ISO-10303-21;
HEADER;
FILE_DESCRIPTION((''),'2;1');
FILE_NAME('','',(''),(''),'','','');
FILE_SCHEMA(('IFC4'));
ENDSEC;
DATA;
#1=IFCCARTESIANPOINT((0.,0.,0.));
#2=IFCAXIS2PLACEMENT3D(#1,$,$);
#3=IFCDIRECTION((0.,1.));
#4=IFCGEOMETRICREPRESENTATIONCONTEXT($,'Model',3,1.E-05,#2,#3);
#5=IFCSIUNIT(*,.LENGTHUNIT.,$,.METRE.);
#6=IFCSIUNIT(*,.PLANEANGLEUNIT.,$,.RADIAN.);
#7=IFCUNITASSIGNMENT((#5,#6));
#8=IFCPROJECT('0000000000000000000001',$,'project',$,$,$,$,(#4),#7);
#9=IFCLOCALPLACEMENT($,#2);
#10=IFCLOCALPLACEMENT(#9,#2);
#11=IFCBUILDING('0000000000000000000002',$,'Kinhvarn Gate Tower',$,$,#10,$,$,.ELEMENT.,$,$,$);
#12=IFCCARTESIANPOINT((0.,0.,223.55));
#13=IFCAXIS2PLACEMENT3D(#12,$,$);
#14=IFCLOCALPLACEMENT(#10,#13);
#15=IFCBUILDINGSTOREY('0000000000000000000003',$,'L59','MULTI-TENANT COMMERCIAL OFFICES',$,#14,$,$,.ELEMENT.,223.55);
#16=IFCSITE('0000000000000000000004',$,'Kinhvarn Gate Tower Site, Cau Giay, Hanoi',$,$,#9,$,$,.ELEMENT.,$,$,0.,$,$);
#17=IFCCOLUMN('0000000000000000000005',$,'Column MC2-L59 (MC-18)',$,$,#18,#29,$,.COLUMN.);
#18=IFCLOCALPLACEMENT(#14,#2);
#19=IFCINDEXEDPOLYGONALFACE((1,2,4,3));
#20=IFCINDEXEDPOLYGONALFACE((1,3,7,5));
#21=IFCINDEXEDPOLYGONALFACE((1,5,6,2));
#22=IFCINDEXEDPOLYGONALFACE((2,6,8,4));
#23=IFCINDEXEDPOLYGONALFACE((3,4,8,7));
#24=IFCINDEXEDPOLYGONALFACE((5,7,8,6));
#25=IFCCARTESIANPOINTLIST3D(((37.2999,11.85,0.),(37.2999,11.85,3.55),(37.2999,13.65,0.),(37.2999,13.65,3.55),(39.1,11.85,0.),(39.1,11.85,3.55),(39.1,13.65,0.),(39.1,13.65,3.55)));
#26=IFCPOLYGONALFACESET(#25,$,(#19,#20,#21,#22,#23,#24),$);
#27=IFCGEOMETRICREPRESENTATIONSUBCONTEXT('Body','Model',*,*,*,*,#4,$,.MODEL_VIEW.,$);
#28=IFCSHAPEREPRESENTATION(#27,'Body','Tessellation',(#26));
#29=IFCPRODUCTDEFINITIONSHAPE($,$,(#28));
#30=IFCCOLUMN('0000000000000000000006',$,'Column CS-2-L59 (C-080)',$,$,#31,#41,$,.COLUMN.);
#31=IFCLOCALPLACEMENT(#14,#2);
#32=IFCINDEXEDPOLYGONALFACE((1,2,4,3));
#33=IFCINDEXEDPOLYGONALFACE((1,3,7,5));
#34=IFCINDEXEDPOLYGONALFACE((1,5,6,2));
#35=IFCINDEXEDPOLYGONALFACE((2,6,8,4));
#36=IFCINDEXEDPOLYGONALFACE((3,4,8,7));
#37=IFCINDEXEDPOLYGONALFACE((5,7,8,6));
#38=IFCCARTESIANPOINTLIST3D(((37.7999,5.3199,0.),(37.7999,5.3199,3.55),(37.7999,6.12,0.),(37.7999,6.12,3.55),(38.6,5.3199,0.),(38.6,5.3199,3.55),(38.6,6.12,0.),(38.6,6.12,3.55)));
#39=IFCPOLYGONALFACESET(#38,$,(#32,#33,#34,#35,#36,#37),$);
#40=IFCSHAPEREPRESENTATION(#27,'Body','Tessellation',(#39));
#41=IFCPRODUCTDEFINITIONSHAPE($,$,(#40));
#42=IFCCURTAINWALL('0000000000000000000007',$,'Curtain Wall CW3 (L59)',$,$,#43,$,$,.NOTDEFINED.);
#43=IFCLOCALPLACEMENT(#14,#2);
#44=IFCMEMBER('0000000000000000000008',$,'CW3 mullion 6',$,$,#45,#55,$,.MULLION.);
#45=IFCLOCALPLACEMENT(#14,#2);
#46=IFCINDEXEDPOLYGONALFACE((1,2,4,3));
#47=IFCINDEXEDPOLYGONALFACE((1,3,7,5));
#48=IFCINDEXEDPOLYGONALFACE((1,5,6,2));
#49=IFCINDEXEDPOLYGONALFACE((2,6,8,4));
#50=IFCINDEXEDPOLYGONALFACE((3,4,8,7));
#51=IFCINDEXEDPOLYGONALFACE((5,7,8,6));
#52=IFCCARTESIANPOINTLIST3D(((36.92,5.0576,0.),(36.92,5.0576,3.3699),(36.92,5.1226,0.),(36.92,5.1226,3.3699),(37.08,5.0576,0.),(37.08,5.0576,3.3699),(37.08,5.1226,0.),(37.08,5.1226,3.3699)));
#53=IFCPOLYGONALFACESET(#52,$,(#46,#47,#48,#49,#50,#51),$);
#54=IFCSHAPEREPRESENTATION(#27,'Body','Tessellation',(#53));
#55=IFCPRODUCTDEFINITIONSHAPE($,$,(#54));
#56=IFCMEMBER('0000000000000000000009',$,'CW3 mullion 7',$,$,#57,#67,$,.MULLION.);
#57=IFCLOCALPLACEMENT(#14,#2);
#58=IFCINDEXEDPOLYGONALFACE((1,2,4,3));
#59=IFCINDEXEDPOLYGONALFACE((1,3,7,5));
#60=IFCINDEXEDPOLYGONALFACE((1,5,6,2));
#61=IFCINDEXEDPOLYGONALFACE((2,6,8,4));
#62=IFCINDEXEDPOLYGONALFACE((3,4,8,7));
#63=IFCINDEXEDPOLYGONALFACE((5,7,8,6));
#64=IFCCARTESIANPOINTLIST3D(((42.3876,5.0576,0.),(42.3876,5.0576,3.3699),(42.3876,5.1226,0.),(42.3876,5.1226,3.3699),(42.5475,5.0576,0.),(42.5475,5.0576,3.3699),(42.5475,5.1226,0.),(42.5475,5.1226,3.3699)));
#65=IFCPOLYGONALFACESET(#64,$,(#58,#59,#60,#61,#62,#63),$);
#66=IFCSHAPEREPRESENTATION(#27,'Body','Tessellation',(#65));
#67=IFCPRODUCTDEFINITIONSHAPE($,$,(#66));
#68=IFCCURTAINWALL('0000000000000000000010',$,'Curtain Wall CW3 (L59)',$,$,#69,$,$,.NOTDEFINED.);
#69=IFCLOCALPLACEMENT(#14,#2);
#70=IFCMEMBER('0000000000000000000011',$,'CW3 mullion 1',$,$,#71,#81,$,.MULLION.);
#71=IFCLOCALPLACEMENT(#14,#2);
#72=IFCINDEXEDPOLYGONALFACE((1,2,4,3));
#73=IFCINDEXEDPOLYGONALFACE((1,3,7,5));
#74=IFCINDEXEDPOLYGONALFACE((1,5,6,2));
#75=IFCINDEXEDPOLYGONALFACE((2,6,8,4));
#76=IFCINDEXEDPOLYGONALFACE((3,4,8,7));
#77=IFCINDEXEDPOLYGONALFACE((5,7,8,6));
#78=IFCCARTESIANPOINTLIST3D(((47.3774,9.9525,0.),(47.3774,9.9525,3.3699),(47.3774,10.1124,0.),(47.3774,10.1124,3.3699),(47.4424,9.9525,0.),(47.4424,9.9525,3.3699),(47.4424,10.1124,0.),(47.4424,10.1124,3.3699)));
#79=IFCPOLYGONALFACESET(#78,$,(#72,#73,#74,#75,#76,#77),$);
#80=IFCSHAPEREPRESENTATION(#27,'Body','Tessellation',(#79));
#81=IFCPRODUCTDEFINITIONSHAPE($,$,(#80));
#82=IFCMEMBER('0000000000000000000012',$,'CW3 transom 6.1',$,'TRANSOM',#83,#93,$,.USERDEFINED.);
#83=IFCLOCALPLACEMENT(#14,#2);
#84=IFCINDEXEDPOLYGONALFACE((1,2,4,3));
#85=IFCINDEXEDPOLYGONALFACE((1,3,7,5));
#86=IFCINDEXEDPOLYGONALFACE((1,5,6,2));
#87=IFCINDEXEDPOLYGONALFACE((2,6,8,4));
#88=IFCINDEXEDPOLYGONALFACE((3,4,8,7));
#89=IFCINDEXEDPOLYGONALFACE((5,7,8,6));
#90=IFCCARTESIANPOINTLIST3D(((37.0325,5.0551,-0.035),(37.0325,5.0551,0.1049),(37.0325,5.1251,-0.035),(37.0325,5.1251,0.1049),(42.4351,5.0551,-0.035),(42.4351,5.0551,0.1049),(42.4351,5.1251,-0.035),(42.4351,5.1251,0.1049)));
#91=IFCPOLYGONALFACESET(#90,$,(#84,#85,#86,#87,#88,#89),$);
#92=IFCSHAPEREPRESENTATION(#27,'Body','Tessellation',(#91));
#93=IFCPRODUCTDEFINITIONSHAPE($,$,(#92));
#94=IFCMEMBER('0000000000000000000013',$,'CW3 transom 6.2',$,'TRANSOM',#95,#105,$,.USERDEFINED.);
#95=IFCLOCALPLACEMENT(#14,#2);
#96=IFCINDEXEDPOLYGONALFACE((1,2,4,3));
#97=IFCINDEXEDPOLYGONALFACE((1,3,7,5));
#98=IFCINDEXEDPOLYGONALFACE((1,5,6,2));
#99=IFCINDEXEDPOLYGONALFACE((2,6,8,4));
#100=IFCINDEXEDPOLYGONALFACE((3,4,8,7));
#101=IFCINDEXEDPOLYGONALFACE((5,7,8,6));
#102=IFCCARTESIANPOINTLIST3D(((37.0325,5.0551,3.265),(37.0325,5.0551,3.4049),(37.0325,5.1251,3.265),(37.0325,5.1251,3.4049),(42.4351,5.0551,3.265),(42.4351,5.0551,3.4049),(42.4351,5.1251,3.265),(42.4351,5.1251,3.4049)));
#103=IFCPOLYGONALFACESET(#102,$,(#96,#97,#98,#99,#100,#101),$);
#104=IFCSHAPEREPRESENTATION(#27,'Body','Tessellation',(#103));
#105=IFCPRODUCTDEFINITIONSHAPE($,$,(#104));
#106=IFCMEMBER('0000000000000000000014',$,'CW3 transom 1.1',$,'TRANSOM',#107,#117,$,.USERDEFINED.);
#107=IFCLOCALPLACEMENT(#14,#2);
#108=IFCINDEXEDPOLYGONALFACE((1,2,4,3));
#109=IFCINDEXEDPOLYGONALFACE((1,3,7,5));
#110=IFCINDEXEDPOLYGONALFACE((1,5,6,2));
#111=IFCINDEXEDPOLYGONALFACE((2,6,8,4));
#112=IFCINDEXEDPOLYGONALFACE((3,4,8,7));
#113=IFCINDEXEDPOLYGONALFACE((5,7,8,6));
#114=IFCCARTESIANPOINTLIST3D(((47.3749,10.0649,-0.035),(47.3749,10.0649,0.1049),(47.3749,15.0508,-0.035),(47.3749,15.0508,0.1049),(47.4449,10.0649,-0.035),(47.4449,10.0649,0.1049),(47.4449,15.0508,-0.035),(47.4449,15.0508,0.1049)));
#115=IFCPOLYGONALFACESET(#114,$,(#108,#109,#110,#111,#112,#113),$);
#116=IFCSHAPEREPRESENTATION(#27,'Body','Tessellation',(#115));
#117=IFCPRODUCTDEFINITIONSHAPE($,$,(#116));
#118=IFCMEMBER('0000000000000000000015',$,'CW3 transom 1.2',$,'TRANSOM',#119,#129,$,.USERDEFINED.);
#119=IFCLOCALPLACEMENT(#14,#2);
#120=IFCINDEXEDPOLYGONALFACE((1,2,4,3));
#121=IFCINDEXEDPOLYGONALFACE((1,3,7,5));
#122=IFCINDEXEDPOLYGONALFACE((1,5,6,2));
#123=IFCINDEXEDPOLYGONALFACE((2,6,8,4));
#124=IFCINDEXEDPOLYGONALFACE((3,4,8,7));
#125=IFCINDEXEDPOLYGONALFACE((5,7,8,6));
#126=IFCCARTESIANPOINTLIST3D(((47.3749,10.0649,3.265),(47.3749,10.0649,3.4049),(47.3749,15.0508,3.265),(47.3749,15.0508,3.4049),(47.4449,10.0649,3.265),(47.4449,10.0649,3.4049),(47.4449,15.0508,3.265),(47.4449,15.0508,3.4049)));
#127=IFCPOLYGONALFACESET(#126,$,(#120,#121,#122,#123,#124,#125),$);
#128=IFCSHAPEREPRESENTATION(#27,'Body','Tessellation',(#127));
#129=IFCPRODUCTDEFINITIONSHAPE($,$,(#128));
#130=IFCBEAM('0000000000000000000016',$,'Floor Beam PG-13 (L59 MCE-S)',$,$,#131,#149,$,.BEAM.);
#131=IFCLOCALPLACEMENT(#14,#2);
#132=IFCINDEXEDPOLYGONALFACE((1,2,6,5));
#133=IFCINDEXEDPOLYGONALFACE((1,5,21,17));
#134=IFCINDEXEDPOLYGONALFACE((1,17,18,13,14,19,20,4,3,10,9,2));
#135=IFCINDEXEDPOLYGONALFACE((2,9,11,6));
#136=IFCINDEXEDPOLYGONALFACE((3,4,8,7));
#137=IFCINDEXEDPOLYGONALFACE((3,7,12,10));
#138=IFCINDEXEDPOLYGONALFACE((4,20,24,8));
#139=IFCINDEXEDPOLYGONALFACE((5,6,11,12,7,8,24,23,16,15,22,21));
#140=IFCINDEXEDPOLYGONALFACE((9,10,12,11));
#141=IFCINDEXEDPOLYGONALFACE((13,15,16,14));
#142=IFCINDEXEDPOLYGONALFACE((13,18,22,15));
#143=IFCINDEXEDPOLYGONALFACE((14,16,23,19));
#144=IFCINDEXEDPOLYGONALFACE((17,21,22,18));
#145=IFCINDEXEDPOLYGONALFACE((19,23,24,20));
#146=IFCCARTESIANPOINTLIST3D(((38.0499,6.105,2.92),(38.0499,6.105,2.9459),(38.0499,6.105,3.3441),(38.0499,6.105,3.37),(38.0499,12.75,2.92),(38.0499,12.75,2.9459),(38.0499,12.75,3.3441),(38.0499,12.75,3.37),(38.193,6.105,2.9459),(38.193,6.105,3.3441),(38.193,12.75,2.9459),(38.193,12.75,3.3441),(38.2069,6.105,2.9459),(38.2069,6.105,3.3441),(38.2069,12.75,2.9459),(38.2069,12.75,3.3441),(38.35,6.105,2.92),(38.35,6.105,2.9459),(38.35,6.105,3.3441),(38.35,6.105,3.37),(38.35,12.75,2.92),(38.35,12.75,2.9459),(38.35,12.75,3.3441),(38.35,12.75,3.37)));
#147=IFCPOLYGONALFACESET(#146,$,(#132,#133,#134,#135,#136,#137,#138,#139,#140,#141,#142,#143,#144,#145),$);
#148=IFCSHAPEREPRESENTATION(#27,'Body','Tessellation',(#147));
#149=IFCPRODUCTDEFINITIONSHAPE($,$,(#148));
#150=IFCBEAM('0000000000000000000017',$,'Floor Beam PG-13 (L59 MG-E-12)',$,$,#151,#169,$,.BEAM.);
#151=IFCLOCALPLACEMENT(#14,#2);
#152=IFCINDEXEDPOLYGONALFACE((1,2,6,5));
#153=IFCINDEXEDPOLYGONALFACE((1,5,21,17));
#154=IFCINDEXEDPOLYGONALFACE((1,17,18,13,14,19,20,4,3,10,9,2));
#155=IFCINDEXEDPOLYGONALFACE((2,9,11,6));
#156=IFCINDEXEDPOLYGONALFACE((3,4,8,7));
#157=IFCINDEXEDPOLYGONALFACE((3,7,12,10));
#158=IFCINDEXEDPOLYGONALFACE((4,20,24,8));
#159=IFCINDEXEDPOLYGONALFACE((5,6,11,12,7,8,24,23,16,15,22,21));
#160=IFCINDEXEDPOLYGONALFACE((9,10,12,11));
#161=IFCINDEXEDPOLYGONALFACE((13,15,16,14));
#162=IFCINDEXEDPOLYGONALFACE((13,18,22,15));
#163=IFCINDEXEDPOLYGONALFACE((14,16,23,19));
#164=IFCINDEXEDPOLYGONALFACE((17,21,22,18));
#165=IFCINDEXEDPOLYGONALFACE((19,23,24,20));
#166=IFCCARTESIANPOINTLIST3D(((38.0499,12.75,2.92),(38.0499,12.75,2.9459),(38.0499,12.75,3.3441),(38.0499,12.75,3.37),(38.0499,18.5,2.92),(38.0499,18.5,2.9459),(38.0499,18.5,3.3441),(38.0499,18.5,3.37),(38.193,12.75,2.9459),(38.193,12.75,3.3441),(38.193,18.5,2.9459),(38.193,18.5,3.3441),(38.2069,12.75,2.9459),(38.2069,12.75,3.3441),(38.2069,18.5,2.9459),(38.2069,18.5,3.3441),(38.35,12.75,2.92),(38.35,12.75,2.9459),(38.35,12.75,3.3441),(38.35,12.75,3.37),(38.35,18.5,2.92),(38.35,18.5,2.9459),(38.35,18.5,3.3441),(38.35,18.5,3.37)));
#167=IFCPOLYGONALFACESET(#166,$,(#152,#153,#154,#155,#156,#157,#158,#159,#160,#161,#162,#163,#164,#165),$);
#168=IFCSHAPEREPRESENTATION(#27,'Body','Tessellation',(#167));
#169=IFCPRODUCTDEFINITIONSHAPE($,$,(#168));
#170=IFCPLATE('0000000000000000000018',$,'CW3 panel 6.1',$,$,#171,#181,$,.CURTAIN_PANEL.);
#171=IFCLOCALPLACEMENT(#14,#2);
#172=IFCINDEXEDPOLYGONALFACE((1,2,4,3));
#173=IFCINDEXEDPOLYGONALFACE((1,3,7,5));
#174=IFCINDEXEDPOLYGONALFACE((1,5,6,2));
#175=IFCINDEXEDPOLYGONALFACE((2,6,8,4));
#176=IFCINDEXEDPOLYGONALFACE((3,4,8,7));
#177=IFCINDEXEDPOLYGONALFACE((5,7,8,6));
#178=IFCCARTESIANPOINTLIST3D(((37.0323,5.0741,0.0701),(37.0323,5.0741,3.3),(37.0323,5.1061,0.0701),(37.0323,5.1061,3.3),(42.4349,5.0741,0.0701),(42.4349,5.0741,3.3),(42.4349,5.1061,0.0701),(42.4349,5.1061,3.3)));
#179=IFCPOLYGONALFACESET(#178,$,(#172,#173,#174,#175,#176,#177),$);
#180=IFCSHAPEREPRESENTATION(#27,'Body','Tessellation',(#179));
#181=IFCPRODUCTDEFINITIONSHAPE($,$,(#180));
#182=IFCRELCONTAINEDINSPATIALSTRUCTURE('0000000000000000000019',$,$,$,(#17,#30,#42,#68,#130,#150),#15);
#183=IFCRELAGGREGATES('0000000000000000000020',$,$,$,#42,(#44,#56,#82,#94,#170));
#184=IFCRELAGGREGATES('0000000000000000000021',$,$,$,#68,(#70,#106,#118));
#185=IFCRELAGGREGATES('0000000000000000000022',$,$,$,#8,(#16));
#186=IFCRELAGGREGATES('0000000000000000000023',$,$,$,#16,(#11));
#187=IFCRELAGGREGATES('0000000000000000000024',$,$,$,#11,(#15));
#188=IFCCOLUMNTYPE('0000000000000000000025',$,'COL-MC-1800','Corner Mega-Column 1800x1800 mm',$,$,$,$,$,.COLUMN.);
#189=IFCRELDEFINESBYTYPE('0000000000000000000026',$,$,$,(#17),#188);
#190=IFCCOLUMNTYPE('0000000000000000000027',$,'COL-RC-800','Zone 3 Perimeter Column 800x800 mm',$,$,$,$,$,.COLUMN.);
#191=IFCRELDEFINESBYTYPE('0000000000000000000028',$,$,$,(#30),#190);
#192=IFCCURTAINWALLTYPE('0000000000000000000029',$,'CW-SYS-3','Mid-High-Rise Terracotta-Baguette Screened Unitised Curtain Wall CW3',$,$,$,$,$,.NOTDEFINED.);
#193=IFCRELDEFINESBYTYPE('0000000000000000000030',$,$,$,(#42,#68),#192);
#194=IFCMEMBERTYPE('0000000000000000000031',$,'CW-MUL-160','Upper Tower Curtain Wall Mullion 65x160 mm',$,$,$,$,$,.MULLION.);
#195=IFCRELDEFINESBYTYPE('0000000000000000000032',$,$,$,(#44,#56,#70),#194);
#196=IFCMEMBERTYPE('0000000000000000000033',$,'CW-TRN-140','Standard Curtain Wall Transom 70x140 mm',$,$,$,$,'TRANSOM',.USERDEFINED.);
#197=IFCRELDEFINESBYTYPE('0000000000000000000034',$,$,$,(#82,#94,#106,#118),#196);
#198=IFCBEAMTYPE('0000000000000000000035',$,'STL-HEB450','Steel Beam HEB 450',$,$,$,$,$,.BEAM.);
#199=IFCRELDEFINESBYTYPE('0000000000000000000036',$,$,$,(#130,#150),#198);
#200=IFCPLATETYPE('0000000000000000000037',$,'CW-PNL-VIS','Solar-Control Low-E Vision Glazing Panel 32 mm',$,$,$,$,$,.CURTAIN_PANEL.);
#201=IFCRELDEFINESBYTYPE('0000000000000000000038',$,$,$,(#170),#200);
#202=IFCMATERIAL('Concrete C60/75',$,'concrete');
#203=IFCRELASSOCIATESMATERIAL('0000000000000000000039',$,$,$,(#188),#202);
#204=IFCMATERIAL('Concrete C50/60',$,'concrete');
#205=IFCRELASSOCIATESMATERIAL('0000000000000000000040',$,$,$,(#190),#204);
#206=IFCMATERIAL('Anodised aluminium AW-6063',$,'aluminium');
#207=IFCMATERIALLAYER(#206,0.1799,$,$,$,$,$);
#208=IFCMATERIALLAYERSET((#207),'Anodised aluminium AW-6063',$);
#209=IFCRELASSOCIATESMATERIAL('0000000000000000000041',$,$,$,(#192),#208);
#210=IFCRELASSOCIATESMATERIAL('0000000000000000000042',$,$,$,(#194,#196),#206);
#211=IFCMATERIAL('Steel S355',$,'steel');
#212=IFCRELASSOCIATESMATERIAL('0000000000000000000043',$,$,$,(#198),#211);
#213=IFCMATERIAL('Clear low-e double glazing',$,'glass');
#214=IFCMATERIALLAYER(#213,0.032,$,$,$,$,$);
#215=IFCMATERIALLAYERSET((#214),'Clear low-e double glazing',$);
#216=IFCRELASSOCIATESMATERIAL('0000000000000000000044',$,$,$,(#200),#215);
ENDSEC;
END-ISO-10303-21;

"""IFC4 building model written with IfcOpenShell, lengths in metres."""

from ifc_helpers import new_model, si_unit, direction, frame, origin, origin_2d, place, context, subcontext, project, spatial, rectangle, i_section, extrude, material, layer, layer_set, material_profile, profile_set, type_object, element, aggregate, save


model = new_model("IFC4")

# Units and contexts
model_context = context("Model", 3, precision=1e-05, world=origin(), true_north=direction((0.0, 1.0)))
body_context = subcontext(model_context, "Body", "Model", "MODEL_VIEW")
ifc_project = project(units=[si_unit("LENGTHUNIT", "METRE"), si_unit("PLANEANGLEUNIT", "RADIAN")], contexts=[model_context])

# Site, building, storey
site_placement = place(None, origin())
site = spatial("IfcSite", under=ifc_project, at=site_placement, Name="Kinhvarn Gate Tower Site, Cau Giay, Hanoi", CompositionType="ELEMENT", RefElevation=0.0)
building_placement = place(site_placement, origin())
building = spatial("IfcBuilding", under=site, at=building_placement, Name="Kinhvarn Gate Tower", CompositionType="ELEMENT")
storey_placement = place(building_placement, frame((0.0, 0.0, 223.55)))
storey = spatial("IfcBuildingStorey", under=building, at=storey_placement, Name="L59", Description="MULTI-TENANT COMMERCIAL OFFICES", CompositionType="ELEMENT", Elevation=223.55)

# Columns
ifc_material_1 = material(Name="Concrete C60/75", Category="concrete")
ifc_material_profile_1 = material_profile(ifc_material_1, rectangle(XDim=1.8, YDim=1.8, at=origin_2d()), Name="RC 1800x1800")
ifc_profile_set_1 = profile_set([ifc_material_profile_1], Name="Concrete C60/75")
column_type_1 = type_object("IfcColumnType", Name="COL-MC-1800", Description="Corner Mega-Column 1800x1800 mm", PredefinedType="COLUMN", material=ifc_profile_set_1)
column_1_placement = place(storey_placement, frame((38.2, 12.75, 0.0), z_axis=(0.0, 0.0, 1.0), x_axis=(1.0, 0.0, 0.0)))
element("IfcColumn", 1, at=column_1_placement, inside=storey, type_object=column_type_1, Name="Column MC2-L59 (MC-18)", PredefinedType="COLUMN", context=body_context, shape_type="SweptSolid", body=[
    extrude(rectangle(XDim=1.8, YDim=1.8, at=origin_2d()), origin(), (0.0, 0.0, 1.0), 3.55),
])
ifc_material_2 = material(Name="Concrete C50/60", Category="concrete")
ifc_material_profile_2 = material_profile(ifc_material_2, rectangle(XDim=0.8, YDim=0.8, at=origin_2d()), Name="RC 800x800")
ifc_profile_set_2 = profile_set([ifc_material_profile_2], Name="Concrete C50/60")
column_type_2 = type_object("IfcColumnType", Name="COL-RC-800", Description="Zone 3 Perimeter Column 800x800 mm", PredefinedType="COLUMN", material=ifc_profile_set_2)
column_2_placement = place(storey_placement, frame((38.2, 5.72, 0.0), z_axis=(0.0, 0.0, 1.0), x_axis=(1.0, 0.0, 0.0)))
element("IfcColumn", 2, at=column_2_placement, inside=storey, type_object=column_type_2, Name="Column CS-2-L59 (C-080)", PredefinedType="COLUMN", context=body_context, shape_type="SweptSolid", body=[
    extrude(rectangle(XDim=0.8, YDim=0.8, at=origin_2d()), origin(), (0.0, 0.0, 1.0), 3.55),
])

# Curtain wall, members
ifc_material_3 = material(Name="Anodised aluminium AW-6063", Category="aluminium")
ifc_layer_1 = layer(ifc_material_3, 0.1799)
ifc_layer_set_1 = layer_set([ifc_layer_1], Name="Anodised aluminium AW-6063")
curtain_wall_type = type_object("IfcCurtainWallType", Name="CW-SYS-3", Description="Mid-High-Rise Terracotta-Baguette Screened Unitised Curtain Wall CW3", PredefinedType="NOTDEFINED", material=ifc_layer_set_1)
curtain_wall_1_placement = place(storey_placement, origin())
curtain_wall_1 = element("IfcCurtainWall", 3, at=curtain_wall_1_placement, inside=storey, type_object=curtain_wall_type, Name="Curtain Wall CW3 (L59)", PredefinedType="NOTDEFINED")
ifc_material_profile_3 = material_profile(ifc_material_3, rectangle(XDim=0.0649, YDim=0.1599, at=origin_2d()), Name="ALU 65x160")
ifc_profile_set_3 = profile_set([ifc_material_profile_3], Name="Anodised aluminium AW-6063")
member_type_1 = type_object("IfcMemberType", Name="CW-MUL-160", Description="Upper Tower Curtain Wall Mullion 65x160 mm", PredefinedType="MULLION", material=ifc_profile_set_3)
member_1_placement = place(storey_placement, frame((37.0, 5.0901, 0.0), z_axis=(0.0, 0.0, 1.0), x_axis=(0.0, 1.0, 0.0)))
member_1 = element("IfcMember", 4, at=member_1_placement, type_object=member_type_1, Name="CW3 mullion 6", PredefinedType="MULLION", context=body_context, shape_type="SweptSolid", body=[
    extrude(rectangle(XDim=0.0649, YDim=0.1599, at=origin_2d()), origin(), (0.0, 0.0, 1.0), 3.3699),
])
member_2_placement = place(storey_placement, frame((42.4675, 5.0901, 0.0), z_axis=(0.0, 0.0, 1.0), x_axis=(0.0, 1.0, 0.0)))
member_2 = element("IfcMember", 5, at=member_2_placement, type_object=member_type_1, Name="CW3 mullion 7", PredefinedType="MULLION", context=body_context, shape_type="SweptSolid", body=[
    extrude(rectangle(XDim=0.0649, YDim=0.1599, at=origin_2d()), origin(), (0.0, 0.0, 1.0), 3.3699),
])

# Curtain wall, member
curtain_wall_2_placement = place(storey_placement, origin())
curtain_wall_2 = element("IfcCurtainWall", 6, at=curtain_wall_2_placement, inside=storey, type_object=curtain_wall_type, Name="Curtain Wall CW3 (L59)", PredefinedType="NOTDEFINED")
member_3_placement = place(storey_placement, frame((47.4099, 10.0325, 0.0), z_axis=(0.0, 0.0, 1.0), x_axis=(-1.0, 0.0, 0.0)))
member_3 = element("IfcMember", 7, at=member_3_placement, type_object=member_type_1, Name="CW3 mullion 1", PredefinedType="MULLION", context=body_context, shape_type="SweptSolid", body=[
    extrude(rectangle(XDim=0.0649, YDim=0.1599, at=origin_2d()), origin(), (0.0, 0.0, 1.0), 3.3699),
])

# Members
ifc_material_profile_4 = material_profile(ifc_material_3, rectangle(XDim=0.0701, YDim=0.1399, at=origin_2d()), Name="ALU 70x140")
ifc_profile_set_4 = profile_set([ifc_material_profile_4], Name="Anodised aluminium AW-6063")
member_type_2 = type_object("IfcMemberType", Name="CW-TRN-140", Description="Standard Curtain Wall Transom 70x140 mm", ElementType="TRANSOM", PredefinedType="USERDEFINED", material=ifc_profile_set_4)
member_4_placement = place(storey_placement, frame((37.0325, 5.0901, 0.0349), z_axis=(1.0, 0.0, 0.0), x_axis=(0.0, 1.0, 0.0)))
member_4 = element("IfcMember", 8, at=member_4_placement, type_object=member_type_2, Name="CW3 transom 6.1", ObjectType="TRANSOM", PredefinedType="USERDEFINED", context=body_context, shape_type="SweptSolid", body=[
    extrude(rectangle(XDim=0.0701, YDim=0.1399, at=origin_2d()), origin(), (0.0, 0.0, 1.0), 5.4026),
])
member_5_placement = place(storey_placement, frame((37.0325, 5.0901, 3.335), z_axis=(1.0, 0.0, 0.0), x_axis=(0.0, 1.0, 0.0)))
member_5 = element("IfcMember", 9, at=member_5_placement, type_object=member_type_2, Name="CW3 transom 6.2", ObjectType="TRANSOM", PredefinedType="USERDEFINED", context=body_context, shape_type="SweptSolid", body=[
    extrude(rectangle(XDim=0.0701, YDim=0.1399, at=origin_2d()), origin(), (0.0, 0.0, 1.0), 5.4026),
])
member_6_placement = place(storey_placement, frame((47.4099, 10.0649, 0.0349), z_axis=(0.0, 1.0, 0.0), x_axis=(-1.0, 0.0, 0.0)))
member_6 = element("IfcMember", 10, at=member_6_placement, type_object=member_type_2, Name="CW3 transom 1.1", ObjectType="TRANSOM", PredefinedType="USERDEFINED", context=body_context, shape_type="SweptSolid", body=[
    extrude(rectangle(XDim=0.0701, YDim=0.1399, at=origin_2d()), origin(), (0.0, 0.0, 1.0), 4.9858),
])
member_7_placement = place(storey_placement, frame((47.4099, 10.0649, 3.335), z_axis=(0.0, 1.0, 0.0), x_axis=(-1.0, 0.0, 0.0)))
member_7 = element("IfcMember", 11, at=member_7_placement, type_object=member_type_2, Name="CW3 transom 1.2", ObjectType="TRANSOM", PredefinedType="USERDEFINED", context=body_context, shape_type="SweptSolid", body=[
    extrude(rectangle(XDim=0.0701, YDim=0.1399, at=origin_2d()), origin(), (0.0, 0.0, 1.0), 4.9858),
])

# Beams
ifc_material_4 = material(Name="Steel S355", Category="steel")
ifc_material_profile_5 = material_profile(ifc_material_4, i_section(OverallWidth=0.3, OverallDepth=0.45, WebThickness=0.0139, FlangeThickness=0.0259, at=origin_2d()), Name="HEB 450")
ifc_profile_set_5 = profile_set([ifc_material_profile_5], Name="Steel S355")
beam_type = type_object("IfcBeamType", Name="STL-HEB450", Description="Steel Beam HEB 450", PredefinedType="BEAM", material=ifc_profile_set_5)
beam_1_placement = place(storey_placement, frame((38.2, 6.105, 3.145), z_axis=(0.0, 1.0, 0.0), x_axis=(-1.0, 0.0, 0.0)))
element("IfcBeam", 12, at=beam_1_placement, inside=storey, type_object=beam_type, Name="Floor Beam PG-13 (L59 MCE-S)", PredefinedType="BEAM", context=body_context, shape_type="SweptSolid", body=[
    extrude(i_section(OverallWidth=0.3, OverallDepth=0.45, WebThickness=0.0139, FlangeThickness=0.0259, at=origin_2d()), origin(), (0.0, 0.0, 1.0), 6.645),
])
beam_2_placement = place(storey_placement, frame((38.2, 12.75, 3.145), z_axis=(0.0, 1.0, 0.0), x_axis=(-1.0, 0.0, 0.0)))
element("IfcBeam", 13, at=beam_2_placement, inside=storey, type_object=beam_type, Name="Floor Beam PG-13 (L59 MG-E-12)", PredefinedType="BEAM", context=body_context, shape_type="SweptSolid", body=[
    extrude(i_section(OverallWidth=0.3, OverallDepth=0.45, WebThickness=0.0139, FlangeThickness=0.0259, at=origin_2d()), origin(), (0.0, 0.0, 1.0), 5.75),
])

# Plate
ifc_material_5 = material(Name="Clear low-e double glazing", Category="glass")
ifc_layer_2 = layer(ifc_material_5, 0.032)
ifc_layer_set_2 = layer_set([ifc_layer_2], Name="Clear low-e double glazing")
plate_type = type_object("IfcPlateType", Name="CW-PNL-VIS", Description="Solar-Control Low-E Vision Glazing Panel 32 mm", PredefinedType="CURTAIN_PANEL", material=ifc_layer_set_2)
plate_1_placement = place(storey_placement, frame((39.7336, 5.0901, 0.0701), z_axis=(0.0, 0.0, 1.0), x_axis=(1.0, 0.0, 0.0)))
plate_1 = element("IfcPlate", 14, at=plate_1_placement, type_object=plate_type, Name="CW3 panel 6.1", PredefinedType="CURTAIN_PANEL", context=body_context, shape_type="SweptSolid", body=[
    extrude(rectangle(XDim=5.4026, YDim=0.032, at=origin_2d()), origin(), (0.0, 0.0, 1.0), 3.23),
])
aggregate(curtain_wall_1, [member_1, member_2, member_4, member_5, plate_1])
aggregate(curtain_wall_2, [member_3, member_6, member_7])

save(model, "model.ifc")
